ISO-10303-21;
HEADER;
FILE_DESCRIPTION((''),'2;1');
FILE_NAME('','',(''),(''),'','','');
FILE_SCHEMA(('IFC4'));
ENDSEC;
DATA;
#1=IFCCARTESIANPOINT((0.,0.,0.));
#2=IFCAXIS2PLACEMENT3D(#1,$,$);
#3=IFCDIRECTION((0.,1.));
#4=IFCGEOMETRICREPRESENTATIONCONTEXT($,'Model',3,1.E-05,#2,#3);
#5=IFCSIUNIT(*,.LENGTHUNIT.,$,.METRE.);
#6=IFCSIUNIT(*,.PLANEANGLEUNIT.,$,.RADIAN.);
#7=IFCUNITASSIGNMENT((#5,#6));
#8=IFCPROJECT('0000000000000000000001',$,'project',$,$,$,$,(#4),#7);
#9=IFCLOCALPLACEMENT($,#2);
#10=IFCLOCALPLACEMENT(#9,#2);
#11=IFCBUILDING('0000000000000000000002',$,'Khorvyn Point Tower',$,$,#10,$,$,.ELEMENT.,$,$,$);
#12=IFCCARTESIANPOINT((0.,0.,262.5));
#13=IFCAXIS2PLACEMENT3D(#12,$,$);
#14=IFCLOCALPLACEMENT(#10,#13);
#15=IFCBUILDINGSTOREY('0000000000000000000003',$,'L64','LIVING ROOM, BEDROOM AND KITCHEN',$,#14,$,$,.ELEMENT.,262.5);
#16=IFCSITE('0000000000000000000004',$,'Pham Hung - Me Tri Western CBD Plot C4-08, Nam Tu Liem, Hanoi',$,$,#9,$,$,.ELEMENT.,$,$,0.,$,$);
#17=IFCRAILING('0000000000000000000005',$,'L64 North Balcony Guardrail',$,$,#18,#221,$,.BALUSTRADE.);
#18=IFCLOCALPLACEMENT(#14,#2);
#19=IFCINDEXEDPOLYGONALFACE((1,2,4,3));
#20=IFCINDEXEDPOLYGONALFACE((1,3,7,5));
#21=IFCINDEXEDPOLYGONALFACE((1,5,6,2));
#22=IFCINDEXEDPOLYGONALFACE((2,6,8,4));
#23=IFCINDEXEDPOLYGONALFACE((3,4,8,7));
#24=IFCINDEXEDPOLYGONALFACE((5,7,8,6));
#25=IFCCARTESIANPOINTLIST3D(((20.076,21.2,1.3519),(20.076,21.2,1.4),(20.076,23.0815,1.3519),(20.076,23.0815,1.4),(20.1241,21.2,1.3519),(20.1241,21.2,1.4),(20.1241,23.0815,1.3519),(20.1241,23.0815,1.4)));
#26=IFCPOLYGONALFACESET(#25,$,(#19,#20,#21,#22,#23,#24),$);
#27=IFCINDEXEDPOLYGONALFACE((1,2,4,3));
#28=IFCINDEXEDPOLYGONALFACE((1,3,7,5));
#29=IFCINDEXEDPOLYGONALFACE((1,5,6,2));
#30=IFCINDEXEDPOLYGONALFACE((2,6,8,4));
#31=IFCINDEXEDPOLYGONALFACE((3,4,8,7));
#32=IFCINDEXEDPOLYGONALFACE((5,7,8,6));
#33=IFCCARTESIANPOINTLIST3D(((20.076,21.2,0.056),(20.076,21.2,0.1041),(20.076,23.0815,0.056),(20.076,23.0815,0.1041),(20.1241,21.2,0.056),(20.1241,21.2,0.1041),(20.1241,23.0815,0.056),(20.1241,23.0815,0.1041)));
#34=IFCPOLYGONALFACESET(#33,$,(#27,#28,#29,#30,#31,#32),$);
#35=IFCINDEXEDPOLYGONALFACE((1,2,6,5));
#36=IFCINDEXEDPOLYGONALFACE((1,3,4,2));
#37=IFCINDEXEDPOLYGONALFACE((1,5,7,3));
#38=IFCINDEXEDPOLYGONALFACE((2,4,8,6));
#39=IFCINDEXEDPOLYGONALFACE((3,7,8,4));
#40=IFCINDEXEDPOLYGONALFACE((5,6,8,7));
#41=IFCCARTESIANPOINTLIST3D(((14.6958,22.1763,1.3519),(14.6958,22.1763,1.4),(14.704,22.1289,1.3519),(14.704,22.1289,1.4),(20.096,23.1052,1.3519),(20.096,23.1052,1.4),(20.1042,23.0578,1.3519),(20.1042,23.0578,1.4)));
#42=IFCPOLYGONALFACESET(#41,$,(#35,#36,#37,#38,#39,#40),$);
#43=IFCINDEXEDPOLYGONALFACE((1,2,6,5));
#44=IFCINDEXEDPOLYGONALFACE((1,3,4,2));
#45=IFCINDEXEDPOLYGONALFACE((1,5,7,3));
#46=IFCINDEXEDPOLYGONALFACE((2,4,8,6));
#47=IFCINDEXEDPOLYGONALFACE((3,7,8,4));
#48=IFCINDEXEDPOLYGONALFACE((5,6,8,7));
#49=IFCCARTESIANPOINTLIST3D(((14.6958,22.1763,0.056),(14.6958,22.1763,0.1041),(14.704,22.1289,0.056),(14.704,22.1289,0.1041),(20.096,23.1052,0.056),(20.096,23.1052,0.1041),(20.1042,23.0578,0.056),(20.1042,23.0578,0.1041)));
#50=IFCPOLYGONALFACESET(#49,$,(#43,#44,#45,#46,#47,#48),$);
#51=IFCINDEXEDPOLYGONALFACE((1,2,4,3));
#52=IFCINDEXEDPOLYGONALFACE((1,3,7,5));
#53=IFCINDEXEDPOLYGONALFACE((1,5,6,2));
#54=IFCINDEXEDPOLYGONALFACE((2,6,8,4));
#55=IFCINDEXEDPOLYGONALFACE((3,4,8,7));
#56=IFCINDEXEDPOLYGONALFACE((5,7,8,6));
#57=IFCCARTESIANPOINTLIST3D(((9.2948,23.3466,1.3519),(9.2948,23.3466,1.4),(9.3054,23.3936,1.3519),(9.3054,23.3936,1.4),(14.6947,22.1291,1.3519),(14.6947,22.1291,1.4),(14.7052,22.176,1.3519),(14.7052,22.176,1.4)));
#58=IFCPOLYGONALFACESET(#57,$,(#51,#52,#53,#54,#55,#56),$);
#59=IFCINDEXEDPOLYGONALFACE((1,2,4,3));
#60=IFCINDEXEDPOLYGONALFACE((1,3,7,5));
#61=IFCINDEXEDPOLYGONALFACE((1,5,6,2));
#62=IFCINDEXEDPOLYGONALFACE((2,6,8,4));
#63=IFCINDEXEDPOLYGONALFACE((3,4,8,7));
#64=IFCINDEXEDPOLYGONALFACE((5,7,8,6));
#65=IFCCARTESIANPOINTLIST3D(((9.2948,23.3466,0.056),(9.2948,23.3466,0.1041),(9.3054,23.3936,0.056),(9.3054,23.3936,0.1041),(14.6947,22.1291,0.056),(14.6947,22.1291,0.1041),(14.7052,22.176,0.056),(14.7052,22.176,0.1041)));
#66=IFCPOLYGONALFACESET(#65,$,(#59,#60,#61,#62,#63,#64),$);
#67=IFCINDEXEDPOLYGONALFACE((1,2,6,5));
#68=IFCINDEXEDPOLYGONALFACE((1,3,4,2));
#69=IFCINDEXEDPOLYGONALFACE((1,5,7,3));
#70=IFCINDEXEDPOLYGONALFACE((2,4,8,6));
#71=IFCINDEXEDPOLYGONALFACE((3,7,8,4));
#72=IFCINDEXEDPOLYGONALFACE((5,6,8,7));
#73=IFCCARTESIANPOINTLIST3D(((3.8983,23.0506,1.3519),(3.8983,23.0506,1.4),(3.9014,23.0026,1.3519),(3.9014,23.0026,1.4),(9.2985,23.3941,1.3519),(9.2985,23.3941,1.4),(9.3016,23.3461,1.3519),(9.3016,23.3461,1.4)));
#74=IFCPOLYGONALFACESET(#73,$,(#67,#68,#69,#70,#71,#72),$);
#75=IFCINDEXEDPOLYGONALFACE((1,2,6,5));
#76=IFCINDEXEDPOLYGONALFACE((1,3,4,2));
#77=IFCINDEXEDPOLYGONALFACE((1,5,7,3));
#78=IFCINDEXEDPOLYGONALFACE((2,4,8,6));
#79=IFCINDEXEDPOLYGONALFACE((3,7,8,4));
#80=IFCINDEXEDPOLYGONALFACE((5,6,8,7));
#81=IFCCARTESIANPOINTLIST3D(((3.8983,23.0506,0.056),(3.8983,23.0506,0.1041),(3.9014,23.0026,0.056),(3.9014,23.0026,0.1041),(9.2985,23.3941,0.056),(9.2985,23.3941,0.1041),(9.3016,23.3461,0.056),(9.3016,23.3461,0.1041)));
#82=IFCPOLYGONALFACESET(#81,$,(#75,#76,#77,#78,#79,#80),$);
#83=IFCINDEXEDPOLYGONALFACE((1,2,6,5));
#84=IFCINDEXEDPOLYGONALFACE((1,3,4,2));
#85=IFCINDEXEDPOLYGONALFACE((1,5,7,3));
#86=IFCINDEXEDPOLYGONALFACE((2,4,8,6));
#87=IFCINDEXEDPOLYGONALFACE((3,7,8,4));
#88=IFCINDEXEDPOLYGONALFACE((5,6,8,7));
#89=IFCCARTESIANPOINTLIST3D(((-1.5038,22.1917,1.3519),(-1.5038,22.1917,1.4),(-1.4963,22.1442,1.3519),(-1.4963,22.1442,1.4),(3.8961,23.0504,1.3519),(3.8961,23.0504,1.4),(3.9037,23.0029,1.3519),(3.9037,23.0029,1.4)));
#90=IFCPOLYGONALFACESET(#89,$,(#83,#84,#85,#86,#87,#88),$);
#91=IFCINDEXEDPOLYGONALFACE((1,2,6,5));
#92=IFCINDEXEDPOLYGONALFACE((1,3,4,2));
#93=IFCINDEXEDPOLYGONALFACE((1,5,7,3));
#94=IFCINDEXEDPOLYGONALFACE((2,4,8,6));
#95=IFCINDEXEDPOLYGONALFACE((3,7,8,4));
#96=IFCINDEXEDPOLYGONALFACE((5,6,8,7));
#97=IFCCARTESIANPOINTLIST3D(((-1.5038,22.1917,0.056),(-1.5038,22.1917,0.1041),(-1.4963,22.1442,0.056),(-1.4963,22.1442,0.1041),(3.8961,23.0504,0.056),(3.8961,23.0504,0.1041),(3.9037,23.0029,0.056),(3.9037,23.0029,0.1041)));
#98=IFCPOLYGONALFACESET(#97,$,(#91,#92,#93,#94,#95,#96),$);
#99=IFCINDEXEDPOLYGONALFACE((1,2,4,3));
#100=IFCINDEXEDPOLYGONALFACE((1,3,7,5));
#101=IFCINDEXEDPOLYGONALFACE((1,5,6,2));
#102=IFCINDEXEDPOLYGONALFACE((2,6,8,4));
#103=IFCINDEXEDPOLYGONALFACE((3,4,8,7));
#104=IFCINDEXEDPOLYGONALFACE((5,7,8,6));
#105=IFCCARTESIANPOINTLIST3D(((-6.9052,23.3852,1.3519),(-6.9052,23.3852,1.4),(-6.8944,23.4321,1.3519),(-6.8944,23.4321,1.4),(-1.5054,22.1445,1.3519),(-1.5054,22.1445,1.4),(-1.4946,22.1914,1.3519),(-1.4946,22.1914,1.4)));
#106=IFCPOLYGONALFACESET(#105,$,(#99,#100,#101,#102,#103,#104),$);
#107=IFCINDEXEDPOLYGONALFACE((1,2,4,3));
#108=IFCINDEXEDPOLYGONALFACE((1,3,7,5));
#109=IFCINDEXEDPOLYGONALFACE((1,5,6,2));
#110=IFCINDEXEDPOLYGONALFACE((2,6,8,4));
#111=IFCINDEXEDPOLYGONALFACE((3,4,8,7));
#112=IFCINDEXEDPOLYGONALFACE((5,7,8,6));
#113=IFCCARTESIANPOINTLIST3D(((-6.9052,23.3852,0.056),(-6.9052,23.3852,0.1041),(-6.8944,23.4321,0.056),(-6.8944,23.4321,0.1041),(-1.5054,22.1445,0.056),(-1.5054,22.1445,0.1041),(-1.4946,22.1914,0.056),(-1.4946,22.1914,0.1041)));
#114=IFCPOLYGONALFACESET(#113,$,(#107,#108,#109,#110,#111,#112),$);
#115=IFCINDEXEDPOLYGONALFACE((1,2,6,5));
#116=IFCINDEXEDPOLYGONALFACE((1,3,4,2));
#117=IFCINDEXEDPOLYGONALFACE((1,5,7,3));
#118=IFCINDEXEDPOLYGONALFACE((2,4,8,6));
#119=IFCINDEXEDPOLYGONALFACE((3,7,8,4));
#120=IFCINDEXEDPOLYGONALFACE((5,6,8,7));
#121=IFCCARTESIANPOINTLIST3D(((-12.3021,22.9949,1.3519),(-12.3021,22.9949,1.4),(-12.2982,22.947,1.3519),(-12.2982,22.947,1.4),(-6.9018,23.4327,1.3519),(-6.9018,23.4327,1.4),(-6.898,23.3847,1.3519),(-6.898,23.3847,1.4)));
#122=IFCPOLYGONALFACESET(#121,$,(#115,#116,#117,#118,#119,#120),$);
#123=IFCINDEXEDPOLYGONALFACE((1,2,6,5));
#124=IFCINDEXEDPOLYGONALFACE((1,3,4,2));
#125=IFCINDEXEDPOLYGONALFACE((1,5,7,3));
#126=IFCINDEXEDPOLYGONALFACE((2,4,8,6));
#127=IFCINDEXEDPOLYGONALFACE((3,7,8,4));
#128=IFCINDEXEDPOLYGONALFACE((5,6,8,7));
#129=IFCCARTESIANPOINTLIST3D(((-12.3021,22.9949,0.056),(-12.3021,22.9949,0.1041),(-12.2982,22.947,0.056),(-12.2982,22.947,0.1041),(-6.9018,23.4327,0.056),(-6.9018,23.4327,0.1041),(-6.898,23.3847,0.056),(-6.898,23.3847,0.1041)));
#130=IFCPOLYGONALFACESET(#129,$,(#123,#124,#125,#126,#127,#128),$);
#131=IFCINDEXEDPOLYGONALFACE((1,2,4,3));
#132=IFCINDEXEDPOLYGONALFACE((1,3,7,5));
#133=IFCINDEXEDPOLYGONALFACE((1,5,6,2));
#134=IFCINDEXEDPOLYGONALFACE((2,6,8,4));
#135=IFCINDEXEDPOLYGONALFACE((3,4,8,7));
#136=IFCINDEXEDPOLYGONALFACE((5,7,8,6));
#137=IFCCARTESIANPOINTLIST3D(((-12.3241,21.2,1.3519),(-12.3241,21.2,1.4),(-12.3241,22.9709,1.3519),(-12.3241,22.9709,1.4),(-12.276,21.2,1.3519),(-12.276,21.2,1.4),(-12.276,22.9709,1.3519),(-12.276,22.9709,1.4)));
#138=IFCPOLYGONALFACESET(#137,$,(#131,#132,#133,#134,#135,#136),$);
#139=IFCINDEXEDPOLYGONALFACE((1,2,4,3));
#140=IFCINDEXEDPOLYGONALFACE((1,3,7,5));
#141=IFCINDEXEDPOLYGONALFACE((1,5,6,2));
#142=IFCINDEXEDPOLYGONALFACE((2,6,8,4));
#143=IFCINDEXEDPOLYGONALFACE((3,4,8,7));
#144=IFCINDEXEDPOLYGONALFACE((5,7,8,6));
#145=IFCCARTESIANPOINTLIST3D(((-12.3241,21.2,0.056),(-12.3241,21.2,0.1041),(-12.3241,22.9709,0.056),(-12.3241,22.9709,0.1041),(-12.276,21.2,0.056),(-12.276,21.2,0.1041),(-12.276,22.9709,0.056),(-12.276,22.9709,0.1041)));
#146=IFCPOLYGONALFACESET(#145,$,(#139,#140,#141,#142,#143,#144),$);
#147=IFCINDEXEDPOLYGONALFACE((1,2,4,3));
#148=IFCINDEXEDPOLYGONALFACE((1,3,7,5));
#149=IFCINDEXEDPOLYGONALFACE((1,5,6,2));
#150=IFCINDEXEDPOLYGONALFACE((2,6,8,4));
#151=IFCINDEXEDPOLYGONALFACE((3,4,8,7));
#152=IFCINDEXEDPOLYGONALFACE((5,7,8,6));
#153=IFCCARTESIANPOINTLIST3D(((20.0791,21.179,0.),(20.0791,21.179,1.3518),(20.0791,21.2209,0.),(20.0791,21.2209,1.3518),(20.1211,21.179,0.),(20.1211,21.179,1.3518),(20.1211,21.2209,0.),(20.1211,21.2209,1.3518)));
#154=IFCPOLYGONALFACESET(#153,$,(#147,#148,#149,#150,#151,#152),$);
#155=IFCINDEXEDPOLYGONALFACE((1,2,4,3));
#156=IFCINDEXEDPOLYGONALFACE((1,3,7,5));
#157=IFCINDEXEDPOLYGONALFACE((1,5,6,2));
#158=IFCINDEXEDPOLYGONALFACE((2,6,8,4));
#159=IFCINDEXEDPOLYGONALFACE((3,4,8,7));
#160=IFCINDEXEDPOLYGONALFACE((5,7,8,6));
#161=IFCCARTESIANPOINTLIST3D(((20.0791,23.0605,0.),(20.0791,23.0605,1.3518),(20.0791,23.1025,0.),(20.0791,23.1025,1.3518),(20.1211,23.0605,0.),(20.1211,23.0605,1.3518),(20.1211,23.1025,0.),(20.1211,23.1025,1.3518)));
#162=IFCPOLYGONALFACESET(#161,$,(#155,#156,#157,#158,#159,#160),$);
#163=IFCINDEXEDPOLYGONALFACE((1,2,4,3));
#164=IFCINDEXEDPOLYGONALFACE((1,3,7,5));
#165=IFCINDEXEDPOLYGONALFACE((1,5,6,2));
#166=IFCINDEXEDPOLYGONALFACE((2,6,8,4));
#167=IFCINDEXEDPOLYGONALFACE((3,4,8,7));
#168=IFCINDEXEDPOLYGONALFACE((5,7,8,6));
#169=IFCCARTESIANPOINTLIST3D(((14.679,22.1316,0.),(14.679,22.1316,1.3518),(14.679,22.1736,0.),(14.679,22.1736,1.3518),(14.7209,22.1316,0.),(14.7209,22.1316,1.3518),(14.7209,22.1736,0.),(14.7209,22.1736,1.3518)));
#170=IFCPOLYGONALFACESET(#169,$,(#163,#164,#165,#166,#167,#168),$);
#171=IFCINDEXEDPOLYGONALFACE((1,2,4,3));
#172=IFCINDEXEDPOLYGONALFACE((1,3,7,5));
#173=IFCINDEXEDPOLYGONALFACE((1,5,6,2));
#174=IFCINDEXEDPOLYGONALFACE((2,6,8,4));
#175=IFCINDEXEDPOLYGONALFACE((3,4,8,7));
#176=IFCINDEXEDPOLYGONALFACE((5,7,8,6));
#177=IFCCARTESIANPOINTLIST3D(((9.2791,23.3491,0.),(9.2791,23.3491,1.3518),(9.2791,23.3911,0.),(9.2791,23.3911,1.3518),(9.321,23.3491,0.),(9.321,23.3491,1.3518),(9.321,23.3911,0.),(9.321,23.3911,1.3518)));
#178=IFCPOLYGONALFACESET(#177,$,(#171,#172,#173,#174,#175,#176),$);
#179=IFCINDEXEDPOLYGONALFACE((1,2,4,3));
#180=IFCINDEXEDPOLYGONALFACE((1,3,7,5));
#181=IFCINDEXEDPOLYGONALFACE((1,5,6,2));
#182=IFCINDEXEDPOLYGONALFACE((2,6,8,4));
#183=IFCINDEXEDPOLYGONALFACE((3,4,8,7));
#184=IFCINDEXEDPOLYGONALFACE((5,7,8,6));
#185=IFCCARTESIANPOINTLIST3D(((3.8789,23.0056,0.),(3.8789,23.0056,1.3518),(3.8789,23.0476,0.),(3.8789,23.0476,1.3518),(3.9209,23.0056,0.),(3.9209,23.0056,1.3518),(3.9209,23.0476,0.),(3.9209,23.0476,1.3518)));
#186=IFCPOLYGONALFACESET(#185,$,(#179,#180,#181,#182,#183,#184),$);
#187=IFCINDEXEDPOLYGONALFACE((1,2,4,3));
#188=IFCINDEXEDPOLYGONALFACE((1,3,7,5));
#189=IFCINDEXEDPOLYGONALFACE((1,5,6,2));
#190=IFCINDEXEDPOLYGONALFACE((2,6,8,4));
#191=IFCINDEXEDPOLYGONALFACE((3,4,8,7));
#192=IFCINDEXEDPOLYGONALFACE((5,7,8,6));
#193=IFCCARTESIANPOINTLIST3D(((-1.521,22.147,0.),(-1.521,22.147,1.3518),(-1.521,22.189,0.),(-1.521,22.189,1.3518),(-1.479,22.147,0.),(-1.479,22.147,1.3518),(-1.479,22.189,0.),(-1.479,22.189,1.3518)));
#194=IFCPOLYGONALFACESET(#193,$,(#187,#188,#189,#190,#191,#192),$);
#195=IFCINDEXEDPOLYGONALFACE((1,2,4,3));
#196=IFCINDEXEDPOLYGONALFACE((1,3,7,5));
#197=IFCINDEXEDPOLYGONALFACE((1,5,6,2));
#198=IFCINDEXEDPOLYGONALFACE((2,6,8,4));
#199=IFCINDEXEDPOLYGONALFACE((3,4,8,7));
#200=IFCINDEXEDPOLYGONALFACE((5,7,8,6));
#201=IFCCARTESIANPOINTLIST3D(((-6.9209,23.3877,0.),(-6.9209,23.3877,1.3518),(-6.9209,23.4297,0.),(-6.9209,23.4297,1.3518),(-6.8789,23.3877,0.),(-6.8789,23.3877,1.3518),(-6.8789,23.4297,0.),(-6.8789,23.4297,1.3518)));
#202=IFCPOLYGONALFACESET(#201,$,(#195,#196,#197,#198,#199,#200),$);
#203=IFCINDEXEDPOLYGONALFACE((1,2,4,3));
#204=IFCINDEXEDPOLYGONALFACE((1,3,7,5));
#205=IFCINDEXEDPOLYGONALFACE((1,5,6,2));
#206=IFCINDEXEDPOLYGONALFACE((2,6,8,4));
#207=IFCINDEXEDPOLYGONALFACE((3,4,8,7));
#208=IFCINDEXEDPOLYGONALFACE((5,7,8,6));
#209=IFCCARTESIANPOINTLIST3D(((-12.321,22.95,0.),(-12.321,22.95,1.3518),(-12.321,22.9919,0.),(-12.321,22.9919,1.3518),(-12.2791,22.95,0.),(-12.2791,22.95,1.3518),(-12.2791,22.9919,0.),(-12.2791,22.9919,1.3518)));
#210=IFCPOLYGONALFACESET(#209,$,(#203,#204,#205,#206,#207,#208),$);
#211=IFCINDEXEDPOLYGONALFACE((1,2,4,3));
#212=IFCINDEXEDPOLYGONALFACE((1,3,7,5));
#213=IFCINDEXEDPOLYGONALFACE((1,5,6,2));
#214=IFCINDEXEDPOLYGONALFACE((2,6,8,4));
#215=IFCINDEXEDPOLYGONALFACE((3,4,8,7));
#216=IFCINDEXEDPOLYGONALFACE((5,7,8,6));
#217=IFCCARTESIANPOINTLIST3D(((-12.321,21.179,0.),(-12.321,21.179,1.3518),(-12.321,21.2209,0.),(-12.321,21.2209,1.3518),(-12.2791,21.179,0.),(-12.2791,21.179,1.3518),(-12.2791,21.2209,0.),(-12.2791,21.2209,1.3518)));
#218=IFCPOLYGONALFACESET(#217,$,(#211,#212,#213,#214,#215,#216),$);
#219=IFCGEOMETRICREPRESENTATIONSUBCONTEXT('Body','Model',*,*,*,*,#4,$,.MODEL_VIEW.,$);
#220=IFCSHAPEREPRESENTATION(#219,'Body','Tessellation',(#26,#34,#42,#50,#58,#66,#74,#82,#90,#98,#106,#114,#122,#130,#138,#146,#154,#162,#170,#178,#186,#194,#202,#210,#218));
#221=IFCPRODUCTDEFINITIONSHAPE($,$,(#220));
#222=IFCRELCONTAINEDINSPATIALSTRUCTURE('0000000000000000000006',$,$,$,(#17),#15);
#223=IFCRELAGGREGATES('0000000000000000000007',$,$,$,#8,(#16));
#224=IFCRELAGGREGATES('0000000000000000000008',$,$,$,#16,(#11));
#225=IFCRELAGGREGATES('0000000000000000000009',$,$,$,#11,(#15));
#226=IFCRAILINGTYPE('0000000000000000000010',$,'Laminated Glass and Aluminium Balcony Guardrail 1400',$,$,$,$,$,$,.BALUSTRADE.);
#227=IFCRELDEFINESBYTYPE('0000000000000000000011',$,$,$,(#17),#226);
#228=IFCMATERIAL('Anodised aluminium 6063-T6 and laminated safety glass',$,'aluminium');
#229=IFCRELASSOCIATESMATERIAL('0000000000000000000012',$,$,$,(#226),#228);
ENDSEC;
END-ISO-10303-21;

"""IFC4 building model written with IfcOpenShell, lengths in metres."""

from ifc_helpers import new_model, si_unit, direction, frame, origin, origin_2d, place, context, subcontext, project, spatial, rectangle, extrude, material, type_object, element, save


model = new_model("IFC4")

# Units and contexts
model_context = context("Model", 3, precision=1e-05, world=origin(), true_north=direction((0.0, 1.0)))
body_context = subcontext(model_context, "Body", "Model", "MODEL_VIEW")
ifc_project = project(units=[si_unit("LENGTHUNIT", "METRE"), si_unit("PLANEANGLEUNIT", "RADIAN")], contexts=[model_context])

# Site, building, storey
site_placement = place(None, origin())
site = spatial("IfcSite", under=ifc_project, at=site_placement, Name="Pham Hung - Me Tri Western CBD Plot C4-08, Nam Tu Liem, Hanoi", CompositionType="ELEMENT", RefElevation=0.0)
building_placement = place(site_placement, origin())
building = spatial("IfcBuilding", under=site, at=building_placement, Name="Khorvyn Point Tower", CompositionType="ELEMENT")
storey_placement = place(building_placement, frame((0.0, 0.0, 262.5)))
storey = spatial("IfcBuildingStorey", under=building, at=storey_placement, Name="L64", Description="LIVING ROOM, BEDROOM AND KITCHEN", CompositionType="ELEMENT", Elevation=262.5)

# Railing
ifc_material_1 = material(Name="Anodised aluminium 6063-T6 and laminated safety glass", Category="aluminium")
railing_type = type_object("IfcRailingType", Name="Laminated Glass and Aluminium Balcony Guardrail 1400", PredefinedType="BALUSTRADE", material=ifc_material_1)
railing_1_placement = place(storey_placement, frame((20.1001, 21.2, 0.0)))
element("IfcRailing", 1, at=railing_1_placement, inside=storey, type_object=railing_type, Name="L64 North Balcony Guardrail", PredefinedType="BALUSTRADE", context=body_context, shape_type="SweptSolid", body=[
    extrude(rectangle(XDim=0.0481, YDim=0.0481, at=origin_2d()), frame((0.0, 0.0, 1.376), z_axis=(0.0, 1.0, 0.0), x_axis=(-1.0, 0.0, 0.0)), (0.0, 0.0, 1.0), 1.8816),
    extrude(rectangle(XDim=0.0481, YDim=0.0481, at=origin_2d()), frame((0.0, 0.0, 0.0801), z_axis=(0.0, 1.0, 0.0), x_axis=(-1.0, 0.0, 0.0)), (0.0, 0.0, 1.0), 1.8816),
    extrude(rectangle(XDim=0.0481, YDim=0.0481, at=origin_2d()), frame((0.0, 1.8816, 1.376), z_axis=(-0.985524, -0.169534, 0.0), x_axis=(0.169534, -0.985524, 0.0)), (0.0, 0.0, 1.0), 5.4795),
    extrude(rectangle(XDim=0.0481, YDim=0.0481, at=origin_2d()), frame((0.0, 1.8816, 0.0801), z_axis=(-0.985524, -0.169534, 0.0), x_axis=(0.169534, -0.985524, 0.0)), (0.0, 0.0, 1.0), 5.4795),
    extrude(rectangle(XDim=0.0481, YDim=0.0481, at=origin_2d()), frame((-5.4001, 0.9526, 1.376), z_axis=(-0.975511, 0.219951, 0.0), x_axis=(-0.219951, -0.975511, 0.0)), (0.0, 0.0, 1.0), 5.5354),
    extrude(rectangle(XDim=0.0481, YDim=0.0481, at=origin_2d()), frame((-5.4001, 0.9526, 0.0801), z_axis=(-0.975511, 0.219951, 0.0), x_axis=(-0.219951, -0.975511, 0.0)), (0.0, 0.0, 1.0), 5.5354),
    extrude(rectangle(XDim=0.0481, YDim=0.0481, at=origin_2d()), frame((-10.8, 2.1702, 1.376), z_axis=(-0.997983, -0.063482, 0.0), x_axis=(0.063482, -0.997983, 0.0)), (0.0, 0.0, 1.0), 5.4111),
    extrude(rectangle(XDim=0.0481, YDim=0.0481, at=origin_2d()), frame((-10.8, 2.1702, 0.0801), z_axis=(-0.997983, -0.063482, 0.0), x_axis=(0.063482, -0.997983, 0.0)), (0.0, 0.0, 1.0), 5.4111),
    extrude(rectangle(XDim=0.0481, YDim=0.0481, at=origin_2d()), frame((-16.2002, 1.8267, 1.376), z_axis=(-0.987593, -0.157038, 0.0), x_axis=(0.157038, -0.987593, 0.0)), (0.0, 0.0, 1.0), 5.4678),
    extrude(rectangle(XDim=0.0481, YDim=0.0481, at=origin_2d()), frame((-16.2002, 1.8267, 0.0801), z_axis=(-0.987593, -0.157038, 0.0), x_axis=(0.157038, -0.987593, 0.0)), (0.0, 0.0, 1.0), 5.4678),
    extrude(rectangle(XDim=0.0481, YDim=0.0481, at=origin_2d()), frame((-21.6001, 0.968, 1.376), z_axis=(-0.974605, 0.223933, 0.0), x_axis=(-0.223933, -0.974605, 0.0)), (0.0, 0.0, 1.0), 5.5405),
    extrude(rectangle(XDim=0.0481, YDim=0.0481, at=origin_2d()), frame((-21.6001, 0.968, 0.0801), z_axis=(-0.974605, 0.223933, 0.0), x_axis=(-0.223933, -0.974605, 0.0)), (0.0, 0.0, 1.0), 5.5405),
    extrude(rectangle(XDim=0.0481, YDim=0.0481, at=origin_2d()), frame((-27.0, 2.2087, 1.376), z_axis=(-0.996731, -0.080797, 0.0), x_axis=(0.080797, -0.996731, 0.0)), (0.0, 0.0, 1.0), 5.418),
    extrude(rectangle(XDim=0.0481, YDim=0.0481, at=origin_2d()), frame((-27.0, 2.2087, 0.0801), z_axis=(-0.996731, -0.080797, 0.0), x_axis=(0.080797, -0.996731, 0.0)), (0.0, 0.0, 1.0), 5.418),
    extrude(rectangle(XDim=0.0481, YDim=0.0481, at=origin_2d()), frame((-32.4001, 1.771, 1.376), z_axis=(0.0, -1.0, 0.0), x_axis=(1.0, 0.0, 0.0)), (0.0, 0.0, 1.0), 1.771),
    extrude(rectangle(XDim=0.0481, YDim=0.0481, at=origin_2d()), frame((-32.4001, 1.771, 0.0801), z_axis=(0.0, -1.0, 0.0), x_axis=(1.0, 0.0, 0.0)), (0.0, 0.0, 1.0), 1.771),
    extrude(rectangle(XDim=0.042, YDim=0.042, at=origin_2d()), origin(), (0.0, 0.0, 1.0), 1.3518),
    extrude(rectangle(XDim=0.042, YDim=0.042, at=origin_2d()), frame((0.0, 1.8816, 0.0)), (0.0, 0.0, 1.0), 1.3518),
    extrude(rectangle(XDim=0.042, YDim=0.042, at=origin_2d()), frame((-5.4001, 0.9526, 0.0)), (0.0, 0.0, 1.0), 1.3518),
    extrude(rectangle(XDim=0.042, YDim=0.042, at=origin_2d()), frame((-10.8, 2.1702, 0.0)), (0.0, 0.0, 1.0), 1.3518),
    extrude(rectangle(XDim=0.042, YDim=0.042, at=origin_2d()), frame((-16.2002, 1.8267, 0.0)), (0.0, 0.0, 1.0), 1.3518),
    extrude(rectangle(XDim=0.042, YDim=0.042, at=origin_2d()), frame((-21.6001, 0.968, 0.0)), (0.0, 0.0, 1.0), 1.3518),
    extrude(rectangle(XDim=0.042, YDim=0.042, at=origin_2d()), frame((-27.0, 2.2087, 0.0)), (0.0, 0.0, 1.0), 1.3518),
    extrude(rectangle(XDim=0.042, YDim=0.042, at=origin_2d()), frame((-32.4001, 1.771, 0.0)), (0.0, 0.0, 1.0), 1.3518),
    extrude(rectangle(XDim=0.042, YDim=0.042, at=origin_2d()), frame((-32.4001, 0.0, 0.0)), (0.0, 0.0, 1.0), 1.3518),
])

save(model, "model.ifc")
